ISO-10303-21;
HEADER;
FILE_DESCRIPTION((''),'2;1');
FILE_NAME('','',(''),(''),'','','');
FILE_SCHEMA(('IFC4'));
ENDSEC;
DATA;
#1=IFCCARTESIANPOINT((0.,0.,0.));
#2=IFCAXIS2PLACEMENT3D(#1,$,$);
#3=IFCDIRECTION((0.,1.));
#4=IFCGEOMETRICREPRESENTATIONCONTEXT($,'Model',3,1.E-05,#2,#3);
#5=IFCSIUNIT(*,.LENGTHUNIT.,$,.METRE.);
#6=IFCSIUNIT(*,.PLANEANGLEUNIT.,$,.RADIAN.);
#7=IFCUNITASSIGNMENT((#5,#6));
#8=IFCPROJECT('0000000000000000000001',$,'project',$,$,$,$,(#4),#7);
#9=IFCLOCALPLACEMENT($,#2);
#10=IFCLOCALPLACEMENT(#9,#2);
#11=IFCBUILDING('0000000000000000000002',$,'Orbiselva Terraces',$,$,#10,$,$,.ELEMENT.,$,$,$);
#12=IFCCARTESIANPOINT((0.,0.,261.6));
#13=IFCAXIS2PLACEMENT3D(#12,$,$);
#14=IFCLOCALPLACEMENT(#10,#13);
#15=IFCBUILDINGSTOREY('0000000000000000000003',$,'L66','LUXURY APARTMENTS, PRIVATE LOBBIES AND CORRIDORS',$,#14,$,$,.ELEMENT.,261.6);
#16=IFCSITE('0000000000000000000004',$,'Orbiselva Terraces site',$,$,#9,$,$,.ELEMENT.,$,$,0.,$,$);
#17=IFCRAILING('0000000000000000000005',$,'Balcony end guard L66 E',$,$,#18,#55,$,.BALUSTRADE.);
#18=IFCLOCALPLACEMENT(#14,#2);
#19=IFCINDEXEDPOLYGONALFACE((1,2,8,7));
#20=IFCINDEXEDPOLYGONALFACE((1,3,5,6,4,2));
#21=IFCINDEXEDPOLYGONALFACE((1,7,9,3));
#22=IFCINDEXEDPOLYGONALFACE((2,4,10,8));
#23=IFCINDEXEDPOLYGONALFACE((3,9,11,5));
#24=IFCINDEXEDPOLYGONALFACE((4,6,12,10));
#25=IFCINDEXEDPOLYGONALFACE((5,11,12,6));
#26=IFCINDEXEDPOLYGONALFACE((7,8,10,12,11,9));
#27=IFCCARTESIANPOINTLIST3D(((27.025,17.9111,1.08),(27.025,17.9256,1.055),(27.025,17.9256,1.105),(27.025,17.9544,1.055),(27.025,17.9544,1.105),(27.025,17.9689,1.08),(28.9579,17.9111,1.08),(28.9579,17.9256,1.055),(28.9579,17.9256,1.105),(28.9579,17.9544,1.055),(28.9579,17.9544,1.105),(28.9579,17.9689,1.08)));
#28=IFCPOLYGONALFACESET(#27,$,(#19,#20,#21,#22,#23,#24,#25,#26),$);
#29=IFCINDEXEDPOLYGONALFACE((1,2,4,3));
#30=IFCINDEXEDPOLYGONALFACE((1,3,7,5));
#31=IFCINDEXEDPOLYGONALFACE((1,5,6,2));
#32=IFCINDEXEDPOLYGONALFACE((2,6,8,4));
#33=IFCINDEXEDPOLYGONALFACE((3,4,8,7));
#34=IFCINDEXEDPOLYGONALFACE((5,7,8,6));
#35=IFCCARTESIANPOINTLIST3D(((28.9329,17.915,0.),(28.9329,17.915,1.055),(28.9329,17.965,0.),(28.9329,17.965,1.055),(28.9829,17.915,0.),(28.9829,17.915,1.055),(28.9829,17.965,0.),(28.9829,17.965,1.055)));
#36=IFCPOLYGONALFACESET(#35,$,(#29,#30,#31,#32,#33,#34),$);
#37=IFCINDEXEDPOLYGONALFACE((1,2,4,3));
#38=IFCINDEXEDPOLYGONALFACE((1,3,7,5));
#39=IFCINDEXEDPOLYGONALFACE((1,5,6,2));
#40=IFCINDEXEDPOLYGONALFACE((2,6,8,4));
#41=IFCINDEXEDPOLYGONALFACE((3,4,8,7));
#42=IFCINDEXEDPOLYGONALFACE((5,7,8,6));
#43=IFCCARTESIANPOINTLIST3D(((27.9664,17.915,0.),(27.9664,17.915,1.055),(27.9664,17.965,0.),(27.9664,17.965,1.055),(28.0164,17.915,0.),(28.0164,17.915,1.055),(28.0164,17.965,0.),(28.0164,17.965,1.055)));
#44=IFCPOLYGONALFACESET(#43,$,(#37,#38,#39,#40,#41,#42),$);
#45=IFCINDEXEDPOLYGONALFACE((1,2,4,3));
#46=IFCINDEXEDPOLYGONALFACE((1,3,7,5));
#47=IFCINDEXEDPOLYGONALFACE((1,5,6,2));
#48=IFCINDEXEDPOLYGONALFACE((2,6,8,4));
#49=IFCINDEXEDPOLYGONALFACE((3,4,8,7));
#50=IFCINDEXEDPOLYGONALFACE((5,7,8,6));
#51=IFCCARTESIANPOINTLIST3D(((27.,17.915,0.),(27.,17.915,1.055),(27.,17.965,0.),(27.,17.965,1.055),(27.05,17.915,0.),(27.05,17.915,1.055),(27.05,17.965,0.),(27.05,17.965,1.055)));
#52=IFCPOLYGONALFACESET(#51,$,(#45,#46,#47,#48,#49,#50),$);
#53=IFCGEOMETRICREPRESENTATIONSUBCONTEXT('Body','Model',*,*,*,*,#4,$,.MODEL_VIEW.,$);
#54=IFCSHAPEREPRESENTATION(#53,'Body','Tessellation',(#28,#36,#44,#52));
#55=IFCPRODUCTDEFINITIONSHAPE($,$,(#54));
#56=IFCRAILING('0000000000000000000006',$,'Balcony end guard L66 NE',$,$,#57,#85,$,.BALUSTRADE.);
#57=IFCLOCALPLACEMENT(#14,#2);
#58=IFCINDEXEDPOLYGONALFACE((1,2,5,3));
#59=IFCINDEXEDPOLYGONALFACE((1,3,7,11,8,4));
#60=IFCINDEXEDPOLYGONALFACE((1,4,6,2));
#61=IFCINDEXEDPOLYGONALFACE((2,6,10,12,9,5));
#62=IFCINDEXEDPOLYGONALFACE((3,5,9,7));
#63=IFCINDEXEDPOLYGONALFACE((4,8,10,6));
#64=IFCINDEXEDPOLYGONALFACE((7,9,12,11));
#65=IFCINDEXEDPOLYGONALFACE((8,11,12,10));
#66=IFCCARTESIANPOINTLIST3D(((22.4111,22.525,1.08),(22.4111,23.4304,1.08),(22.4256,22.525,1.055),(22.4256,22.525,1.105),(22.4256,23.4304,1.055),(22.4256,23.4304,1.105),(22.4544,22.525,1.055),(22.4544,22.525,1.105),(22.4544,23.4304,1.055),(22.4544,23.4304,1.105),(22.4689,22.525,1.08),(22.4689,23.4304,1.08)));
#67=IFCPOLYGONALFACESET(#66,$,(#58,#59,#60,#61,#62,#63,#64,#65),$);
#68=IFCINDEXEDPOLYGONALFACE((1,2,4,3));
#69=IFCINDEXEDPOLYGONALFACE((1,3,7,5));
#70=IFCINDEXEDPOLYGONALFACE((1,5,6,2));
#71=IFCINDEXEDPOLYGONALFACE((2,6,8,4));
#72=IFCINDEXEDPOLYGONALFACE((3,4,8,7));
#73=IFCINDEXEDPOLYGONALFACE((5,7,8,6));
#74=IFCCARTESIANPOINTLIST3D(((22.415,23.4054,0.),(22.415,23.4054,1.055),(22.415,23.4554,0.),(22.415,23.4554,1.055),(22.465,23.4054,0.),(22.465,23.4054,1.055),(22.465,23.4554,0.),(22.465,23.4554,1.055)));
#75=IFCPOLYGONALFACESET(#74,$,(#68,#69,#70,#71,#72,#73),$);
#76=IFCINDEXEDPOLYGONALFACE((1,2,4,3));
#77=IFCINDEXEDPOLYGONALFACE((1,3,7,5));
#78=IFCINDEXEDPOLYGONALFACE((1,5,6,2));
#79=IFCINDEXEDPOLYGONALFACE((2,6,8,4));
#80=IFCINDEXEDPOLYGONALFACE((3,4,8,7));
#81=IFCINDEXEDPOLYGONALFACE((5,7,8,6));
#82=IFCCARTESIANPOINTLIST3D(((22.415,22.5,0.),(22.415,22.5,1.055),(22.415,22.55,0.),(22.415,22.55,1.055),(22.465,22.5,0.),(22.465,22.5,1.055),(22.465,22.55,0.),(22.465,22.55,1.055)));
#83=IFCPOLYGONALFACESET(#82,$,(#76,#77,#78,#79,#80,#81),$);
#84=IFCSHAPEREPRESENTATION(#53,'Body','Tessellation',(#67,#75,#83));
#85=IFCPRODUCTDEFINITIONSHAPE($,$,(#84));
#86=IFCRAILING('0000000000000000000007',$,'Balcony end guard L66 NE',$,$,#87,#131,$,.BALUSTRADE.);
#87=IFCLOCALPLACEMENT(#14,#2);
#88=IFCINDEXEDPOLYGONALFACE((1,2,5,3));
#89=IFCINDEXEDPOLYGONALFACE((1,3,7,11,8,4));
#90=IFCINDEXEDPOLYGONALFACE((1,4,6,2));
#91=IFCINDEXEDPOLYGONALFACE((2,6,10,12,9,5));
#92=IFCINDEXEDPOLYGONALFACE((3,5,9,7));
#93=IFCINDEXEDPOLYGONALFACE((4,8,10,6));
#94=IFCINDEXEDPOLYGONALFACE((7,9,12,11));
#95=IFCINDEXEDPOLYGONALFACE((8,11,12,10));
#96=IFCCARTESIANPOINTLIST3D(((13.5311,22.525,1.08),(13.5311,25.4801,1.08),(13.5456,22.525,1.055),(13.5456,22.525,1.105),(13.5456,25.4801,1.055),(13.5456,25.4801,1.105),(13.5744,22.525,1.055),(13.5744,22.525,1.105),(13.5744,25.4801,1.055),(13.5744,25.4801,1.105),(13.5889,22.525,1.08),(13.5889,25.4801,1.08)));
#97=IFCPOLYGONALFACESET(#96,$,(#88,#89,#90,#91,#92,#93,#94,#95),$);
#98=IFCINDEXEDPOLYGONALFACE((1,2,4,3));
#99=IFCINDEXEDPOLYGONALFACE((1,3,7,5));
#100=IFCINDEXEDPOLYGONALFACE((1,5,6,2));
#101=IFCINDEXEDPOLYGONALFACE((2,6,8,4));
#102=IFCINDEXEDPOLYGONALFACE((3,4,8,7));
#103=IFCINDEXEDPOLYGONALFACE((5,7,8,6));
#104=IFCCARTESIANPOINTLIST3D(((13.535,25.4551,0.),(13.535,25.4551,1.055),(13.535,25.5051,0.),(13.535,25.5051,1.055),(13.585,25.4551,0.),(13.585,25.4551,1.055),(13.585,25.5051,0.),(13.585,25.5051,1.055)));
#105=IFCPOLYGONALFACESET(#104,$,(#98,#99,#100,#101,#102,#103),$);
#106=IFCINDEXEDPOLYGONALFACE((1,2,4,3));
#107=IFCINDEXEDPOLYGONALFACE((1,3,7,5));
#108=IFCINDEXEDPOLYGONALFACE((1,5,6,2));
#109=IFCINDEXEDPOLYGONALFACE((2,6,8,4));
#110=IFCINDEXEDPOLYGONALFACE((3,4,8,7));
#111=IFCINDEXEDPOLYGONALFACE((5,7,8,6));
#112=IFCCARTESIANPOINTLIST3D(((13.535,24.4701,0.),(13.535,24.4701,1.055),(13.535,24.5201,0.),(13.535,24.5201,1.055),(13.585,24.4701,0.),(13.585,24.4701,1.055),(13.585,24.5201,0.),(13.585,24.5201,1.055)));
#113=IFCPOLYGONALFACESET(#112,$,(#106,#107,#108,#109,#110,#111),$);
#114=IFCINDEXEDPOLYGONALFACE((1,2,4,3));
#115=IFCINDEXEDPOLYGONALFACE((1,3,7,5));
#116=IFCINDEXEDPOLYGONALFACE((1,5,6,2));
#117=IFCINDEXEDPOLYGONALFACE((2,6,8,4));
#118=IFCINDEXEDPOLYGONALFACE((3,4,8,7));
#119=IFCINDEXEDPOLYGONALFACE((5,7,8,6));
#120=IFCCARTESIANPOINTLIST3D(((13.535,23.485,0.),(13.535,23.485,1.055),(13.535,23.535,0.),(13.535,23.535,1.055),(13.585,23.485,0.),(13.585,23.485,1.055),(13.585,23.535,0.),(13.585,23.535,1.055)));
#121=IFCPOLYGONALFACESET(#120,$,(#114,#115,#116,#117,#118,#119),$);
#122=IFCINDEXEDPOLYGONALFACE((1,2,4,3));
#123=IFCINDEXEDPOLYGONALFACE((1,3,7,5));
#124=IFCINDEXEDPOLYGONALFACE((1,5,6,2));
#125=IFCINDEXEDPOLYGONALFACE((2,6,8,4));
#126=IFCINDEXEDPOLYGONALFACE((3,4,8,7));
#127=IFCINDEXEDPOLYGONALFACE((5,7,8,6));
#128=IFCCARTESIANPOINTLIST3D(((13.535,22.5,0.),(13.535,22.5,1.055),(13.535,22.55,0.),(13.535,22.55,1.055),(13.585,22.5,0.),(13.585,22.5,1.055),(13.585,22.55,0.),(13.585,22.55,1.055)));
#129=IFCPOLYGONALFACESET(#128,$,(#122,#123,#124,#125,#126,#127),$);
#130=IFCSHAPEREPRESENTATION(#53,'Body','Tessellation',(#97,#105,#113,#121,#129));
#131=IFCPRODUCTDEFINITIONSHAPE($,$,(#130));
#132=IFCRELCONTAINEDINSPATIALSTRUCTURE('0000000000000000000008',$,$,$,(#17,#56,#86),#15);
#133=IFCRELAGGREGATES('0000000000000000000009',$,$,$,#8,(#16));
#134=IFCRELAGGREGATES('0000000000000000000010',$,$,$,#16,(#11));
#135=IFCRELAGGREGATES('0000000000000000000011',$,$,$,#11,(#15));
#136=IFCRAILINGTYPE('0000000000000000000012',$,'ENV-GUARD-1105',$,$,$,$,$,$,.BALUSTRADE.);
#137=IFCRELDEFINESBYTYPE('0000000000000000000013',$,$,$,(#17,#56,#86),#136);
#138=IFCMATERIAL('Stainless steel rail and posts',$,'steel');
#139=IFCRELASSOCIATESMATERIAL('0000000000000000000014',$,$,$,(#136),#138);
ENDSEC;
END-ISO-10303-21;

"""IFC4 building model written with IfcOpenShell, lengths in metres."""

from ifc_helpers import new_model, si_unit, direction, frame, origin, origin_2d, place, context, subcontext, project, spatial, polyline, rectangle, outline, extrude, material, type_object, element, save


model = new_model("IFC4")

# Units and contexts
model_context = context("Model", 3, precision=1e-05, world=origin(), true_north=direction((0.0, 1.0)))
body_context = subcontext(model_context, "Body", "Model", "MODEL_VIEW")
ifc_project = project(units=[si_unit("LENGTHUNIT", "METRE"), si_unit("PLANEANGLEUNIT", "RADIAN")], contexts=[model_context])

# Site, building, storey
site_placement = place(None, origin())
site = spatial("IfcSite", under=ifc_project, at=site_placement, Name="Orbiselva Terraces site", CompositionType="ELEMENT", RefElevation=0.0)
building_placement = place(site_placement, origin())
building = spatial("IfcBuilding", under=site, at=building_placement, Name="Orbiselva Terraces", CompositionType="ELEMENT")
storey_placement = place(building_placement, frame((0.0, 0.0, 261.6)))
storey = spatial("IfcBuildingStorey", under=building, at=storey_placement, Name="L66", Description="LUXURY APARTMENTS, PRIVATE LOBBIES AND CORRIDORS", CompositionType="ELEMENT", Elevation=261.6)

# Railings
ifc_material_1 = material(Name="Stainless steel rail and posts", Category="steel")
railing_type_1 = type_object("IfcRailingType", Name="ENV-GUARD-1105", PredefinedType="BALUSTRADE", material=ifc_material_1)
railing_1_placement = place(storey_placement, frame((28.9579, 17.94, 0.0)))
element("IfcRailing", 1, at=railing_1_placement, inside=storey, type_object=railing_type_1, Name="Balcony end guard L66 E", PredefinedType="BALUSTRADE", context=body_context, shape_type="SweptSolid", body=[
    extrude(outline(polyline([(0.0289, 0.0), (0.0144, 0.025), (-0.0144, 0.025), (-0.0289, 0.0), (-0.0144, -0.025), (0.0144, -0.025), (0.0289, 0.0)])), frame((0.0, 0.0, 1.08), z_axis=(-1.0, 0.0, 0.0), x_axis=(0.0, -1.0, 0.0)), (0.0, 0.0, 1.0), 1.9329),
    extrude(rectangle(XDim=0.05, YDim=0.05, at=origin_2d()), origin(), (0.0, 0.0, 1.0), 1.055),
    extrude(rectangle(XDim=0.05, YDim=0.05, at=origin_2d()), frame((-0.9664, 0.0, 0.0)), (0.0, 0.0, 1.0), 1.055),
    extrude(rectangle(XDim=0.05, YDim=0.05, at=origin_2d()), frame((-1.9329, 0.0, 0.0)), (0.0, 0.0, 1.0), 1.055),
])
railing_2_placement = place(storey_placement, frame((22.44, 23.4304, 0.0)))
element("IfcRailing", 2, at=railing_2_placement, inside=storey, type_object=railing_type_1, Name="Balcony end guard L66 NE", PredefinedType="BALUSTRADE", context=body_context, shape_type="SweptSolid", body=[
    extrude(outline(polyline([(0.0289, 0.0), (0.0144, 0.025), (-0.0144, 0.025), (-0.0289, 0.0), (-0.0144, -0.025), (0.0144, -0.025), (0.0289, 0.0)])), frame((0.0, 0.0, 1.08), z_axis=(0.0, -1.0, 0.0), x_axis=(1.0, 0.0, 0.0)), (0.0, 0.0, 1.0), 0.9054),
    extrude(rectangle(XDim=0.05, YDim=0.05, at=origin_2d()), origin(), (0.0, 0.0, 1.0), 1.055),
    extrude(rectangle(XDim=0.05, YDim=0.05, at=origin_2d()), frame((0.0, -0.9054, 0.0)), (0.0, 0.0, 1.0), 1.055),
])
railing_3_placement = place(storey_placement, frame((13.56, 25.4801, 0.0)))
element("IfcRailing", 3, at=railing_3_placement, inside=storey, type_object=railing_type_1, Name="Balcony end guard L66 NE", PredefinedType="BALUSTRADE", context=body_context, shape_type="SweptSolid", body=[
    extrude(outline(polyline([(0.0289, 0.0), (0.0144, 0.025), (-0.0144, 0.025), (-0.0289, 0.0), (-0.0144, -0.025), (0.0144, -0.025), (0.0289, 0.0)])), frame((0.0, 0.0, 1.08), z_axis=(0.0, -1.0, 0.0), x_axis=(1.0, 0.0, 0.0)), (0.0, 0.0, 1.0), 2.9551),
    extrude(rectangle(XDim=0.05, YDim=0.05, at=origin_2d()), origin(), (0.0, 0.0, 1.0), 1.055),
    extrude(rectangle(XDim=0.05, YDim=0.05, at=origin_2d()), frame((0.0, -0.985, 0.0)), (0.0, 0.0, 1.0), 1.055),
    extrude(rectangle(XDim=0.05, YDim=0.05, at=origin_2d()), frame((0.0, -1.9701, 0.0)), (0.0, 0.0, 1.0), 1.055),
    extrude(rectangle(XDim=0.05, YDim=0.05, at=origin_2d()), frame((0.0, -2.9551, 0.0)), (0.0, 0.0, 1.0), 1.055),
])

save(model, "model.ifc")
